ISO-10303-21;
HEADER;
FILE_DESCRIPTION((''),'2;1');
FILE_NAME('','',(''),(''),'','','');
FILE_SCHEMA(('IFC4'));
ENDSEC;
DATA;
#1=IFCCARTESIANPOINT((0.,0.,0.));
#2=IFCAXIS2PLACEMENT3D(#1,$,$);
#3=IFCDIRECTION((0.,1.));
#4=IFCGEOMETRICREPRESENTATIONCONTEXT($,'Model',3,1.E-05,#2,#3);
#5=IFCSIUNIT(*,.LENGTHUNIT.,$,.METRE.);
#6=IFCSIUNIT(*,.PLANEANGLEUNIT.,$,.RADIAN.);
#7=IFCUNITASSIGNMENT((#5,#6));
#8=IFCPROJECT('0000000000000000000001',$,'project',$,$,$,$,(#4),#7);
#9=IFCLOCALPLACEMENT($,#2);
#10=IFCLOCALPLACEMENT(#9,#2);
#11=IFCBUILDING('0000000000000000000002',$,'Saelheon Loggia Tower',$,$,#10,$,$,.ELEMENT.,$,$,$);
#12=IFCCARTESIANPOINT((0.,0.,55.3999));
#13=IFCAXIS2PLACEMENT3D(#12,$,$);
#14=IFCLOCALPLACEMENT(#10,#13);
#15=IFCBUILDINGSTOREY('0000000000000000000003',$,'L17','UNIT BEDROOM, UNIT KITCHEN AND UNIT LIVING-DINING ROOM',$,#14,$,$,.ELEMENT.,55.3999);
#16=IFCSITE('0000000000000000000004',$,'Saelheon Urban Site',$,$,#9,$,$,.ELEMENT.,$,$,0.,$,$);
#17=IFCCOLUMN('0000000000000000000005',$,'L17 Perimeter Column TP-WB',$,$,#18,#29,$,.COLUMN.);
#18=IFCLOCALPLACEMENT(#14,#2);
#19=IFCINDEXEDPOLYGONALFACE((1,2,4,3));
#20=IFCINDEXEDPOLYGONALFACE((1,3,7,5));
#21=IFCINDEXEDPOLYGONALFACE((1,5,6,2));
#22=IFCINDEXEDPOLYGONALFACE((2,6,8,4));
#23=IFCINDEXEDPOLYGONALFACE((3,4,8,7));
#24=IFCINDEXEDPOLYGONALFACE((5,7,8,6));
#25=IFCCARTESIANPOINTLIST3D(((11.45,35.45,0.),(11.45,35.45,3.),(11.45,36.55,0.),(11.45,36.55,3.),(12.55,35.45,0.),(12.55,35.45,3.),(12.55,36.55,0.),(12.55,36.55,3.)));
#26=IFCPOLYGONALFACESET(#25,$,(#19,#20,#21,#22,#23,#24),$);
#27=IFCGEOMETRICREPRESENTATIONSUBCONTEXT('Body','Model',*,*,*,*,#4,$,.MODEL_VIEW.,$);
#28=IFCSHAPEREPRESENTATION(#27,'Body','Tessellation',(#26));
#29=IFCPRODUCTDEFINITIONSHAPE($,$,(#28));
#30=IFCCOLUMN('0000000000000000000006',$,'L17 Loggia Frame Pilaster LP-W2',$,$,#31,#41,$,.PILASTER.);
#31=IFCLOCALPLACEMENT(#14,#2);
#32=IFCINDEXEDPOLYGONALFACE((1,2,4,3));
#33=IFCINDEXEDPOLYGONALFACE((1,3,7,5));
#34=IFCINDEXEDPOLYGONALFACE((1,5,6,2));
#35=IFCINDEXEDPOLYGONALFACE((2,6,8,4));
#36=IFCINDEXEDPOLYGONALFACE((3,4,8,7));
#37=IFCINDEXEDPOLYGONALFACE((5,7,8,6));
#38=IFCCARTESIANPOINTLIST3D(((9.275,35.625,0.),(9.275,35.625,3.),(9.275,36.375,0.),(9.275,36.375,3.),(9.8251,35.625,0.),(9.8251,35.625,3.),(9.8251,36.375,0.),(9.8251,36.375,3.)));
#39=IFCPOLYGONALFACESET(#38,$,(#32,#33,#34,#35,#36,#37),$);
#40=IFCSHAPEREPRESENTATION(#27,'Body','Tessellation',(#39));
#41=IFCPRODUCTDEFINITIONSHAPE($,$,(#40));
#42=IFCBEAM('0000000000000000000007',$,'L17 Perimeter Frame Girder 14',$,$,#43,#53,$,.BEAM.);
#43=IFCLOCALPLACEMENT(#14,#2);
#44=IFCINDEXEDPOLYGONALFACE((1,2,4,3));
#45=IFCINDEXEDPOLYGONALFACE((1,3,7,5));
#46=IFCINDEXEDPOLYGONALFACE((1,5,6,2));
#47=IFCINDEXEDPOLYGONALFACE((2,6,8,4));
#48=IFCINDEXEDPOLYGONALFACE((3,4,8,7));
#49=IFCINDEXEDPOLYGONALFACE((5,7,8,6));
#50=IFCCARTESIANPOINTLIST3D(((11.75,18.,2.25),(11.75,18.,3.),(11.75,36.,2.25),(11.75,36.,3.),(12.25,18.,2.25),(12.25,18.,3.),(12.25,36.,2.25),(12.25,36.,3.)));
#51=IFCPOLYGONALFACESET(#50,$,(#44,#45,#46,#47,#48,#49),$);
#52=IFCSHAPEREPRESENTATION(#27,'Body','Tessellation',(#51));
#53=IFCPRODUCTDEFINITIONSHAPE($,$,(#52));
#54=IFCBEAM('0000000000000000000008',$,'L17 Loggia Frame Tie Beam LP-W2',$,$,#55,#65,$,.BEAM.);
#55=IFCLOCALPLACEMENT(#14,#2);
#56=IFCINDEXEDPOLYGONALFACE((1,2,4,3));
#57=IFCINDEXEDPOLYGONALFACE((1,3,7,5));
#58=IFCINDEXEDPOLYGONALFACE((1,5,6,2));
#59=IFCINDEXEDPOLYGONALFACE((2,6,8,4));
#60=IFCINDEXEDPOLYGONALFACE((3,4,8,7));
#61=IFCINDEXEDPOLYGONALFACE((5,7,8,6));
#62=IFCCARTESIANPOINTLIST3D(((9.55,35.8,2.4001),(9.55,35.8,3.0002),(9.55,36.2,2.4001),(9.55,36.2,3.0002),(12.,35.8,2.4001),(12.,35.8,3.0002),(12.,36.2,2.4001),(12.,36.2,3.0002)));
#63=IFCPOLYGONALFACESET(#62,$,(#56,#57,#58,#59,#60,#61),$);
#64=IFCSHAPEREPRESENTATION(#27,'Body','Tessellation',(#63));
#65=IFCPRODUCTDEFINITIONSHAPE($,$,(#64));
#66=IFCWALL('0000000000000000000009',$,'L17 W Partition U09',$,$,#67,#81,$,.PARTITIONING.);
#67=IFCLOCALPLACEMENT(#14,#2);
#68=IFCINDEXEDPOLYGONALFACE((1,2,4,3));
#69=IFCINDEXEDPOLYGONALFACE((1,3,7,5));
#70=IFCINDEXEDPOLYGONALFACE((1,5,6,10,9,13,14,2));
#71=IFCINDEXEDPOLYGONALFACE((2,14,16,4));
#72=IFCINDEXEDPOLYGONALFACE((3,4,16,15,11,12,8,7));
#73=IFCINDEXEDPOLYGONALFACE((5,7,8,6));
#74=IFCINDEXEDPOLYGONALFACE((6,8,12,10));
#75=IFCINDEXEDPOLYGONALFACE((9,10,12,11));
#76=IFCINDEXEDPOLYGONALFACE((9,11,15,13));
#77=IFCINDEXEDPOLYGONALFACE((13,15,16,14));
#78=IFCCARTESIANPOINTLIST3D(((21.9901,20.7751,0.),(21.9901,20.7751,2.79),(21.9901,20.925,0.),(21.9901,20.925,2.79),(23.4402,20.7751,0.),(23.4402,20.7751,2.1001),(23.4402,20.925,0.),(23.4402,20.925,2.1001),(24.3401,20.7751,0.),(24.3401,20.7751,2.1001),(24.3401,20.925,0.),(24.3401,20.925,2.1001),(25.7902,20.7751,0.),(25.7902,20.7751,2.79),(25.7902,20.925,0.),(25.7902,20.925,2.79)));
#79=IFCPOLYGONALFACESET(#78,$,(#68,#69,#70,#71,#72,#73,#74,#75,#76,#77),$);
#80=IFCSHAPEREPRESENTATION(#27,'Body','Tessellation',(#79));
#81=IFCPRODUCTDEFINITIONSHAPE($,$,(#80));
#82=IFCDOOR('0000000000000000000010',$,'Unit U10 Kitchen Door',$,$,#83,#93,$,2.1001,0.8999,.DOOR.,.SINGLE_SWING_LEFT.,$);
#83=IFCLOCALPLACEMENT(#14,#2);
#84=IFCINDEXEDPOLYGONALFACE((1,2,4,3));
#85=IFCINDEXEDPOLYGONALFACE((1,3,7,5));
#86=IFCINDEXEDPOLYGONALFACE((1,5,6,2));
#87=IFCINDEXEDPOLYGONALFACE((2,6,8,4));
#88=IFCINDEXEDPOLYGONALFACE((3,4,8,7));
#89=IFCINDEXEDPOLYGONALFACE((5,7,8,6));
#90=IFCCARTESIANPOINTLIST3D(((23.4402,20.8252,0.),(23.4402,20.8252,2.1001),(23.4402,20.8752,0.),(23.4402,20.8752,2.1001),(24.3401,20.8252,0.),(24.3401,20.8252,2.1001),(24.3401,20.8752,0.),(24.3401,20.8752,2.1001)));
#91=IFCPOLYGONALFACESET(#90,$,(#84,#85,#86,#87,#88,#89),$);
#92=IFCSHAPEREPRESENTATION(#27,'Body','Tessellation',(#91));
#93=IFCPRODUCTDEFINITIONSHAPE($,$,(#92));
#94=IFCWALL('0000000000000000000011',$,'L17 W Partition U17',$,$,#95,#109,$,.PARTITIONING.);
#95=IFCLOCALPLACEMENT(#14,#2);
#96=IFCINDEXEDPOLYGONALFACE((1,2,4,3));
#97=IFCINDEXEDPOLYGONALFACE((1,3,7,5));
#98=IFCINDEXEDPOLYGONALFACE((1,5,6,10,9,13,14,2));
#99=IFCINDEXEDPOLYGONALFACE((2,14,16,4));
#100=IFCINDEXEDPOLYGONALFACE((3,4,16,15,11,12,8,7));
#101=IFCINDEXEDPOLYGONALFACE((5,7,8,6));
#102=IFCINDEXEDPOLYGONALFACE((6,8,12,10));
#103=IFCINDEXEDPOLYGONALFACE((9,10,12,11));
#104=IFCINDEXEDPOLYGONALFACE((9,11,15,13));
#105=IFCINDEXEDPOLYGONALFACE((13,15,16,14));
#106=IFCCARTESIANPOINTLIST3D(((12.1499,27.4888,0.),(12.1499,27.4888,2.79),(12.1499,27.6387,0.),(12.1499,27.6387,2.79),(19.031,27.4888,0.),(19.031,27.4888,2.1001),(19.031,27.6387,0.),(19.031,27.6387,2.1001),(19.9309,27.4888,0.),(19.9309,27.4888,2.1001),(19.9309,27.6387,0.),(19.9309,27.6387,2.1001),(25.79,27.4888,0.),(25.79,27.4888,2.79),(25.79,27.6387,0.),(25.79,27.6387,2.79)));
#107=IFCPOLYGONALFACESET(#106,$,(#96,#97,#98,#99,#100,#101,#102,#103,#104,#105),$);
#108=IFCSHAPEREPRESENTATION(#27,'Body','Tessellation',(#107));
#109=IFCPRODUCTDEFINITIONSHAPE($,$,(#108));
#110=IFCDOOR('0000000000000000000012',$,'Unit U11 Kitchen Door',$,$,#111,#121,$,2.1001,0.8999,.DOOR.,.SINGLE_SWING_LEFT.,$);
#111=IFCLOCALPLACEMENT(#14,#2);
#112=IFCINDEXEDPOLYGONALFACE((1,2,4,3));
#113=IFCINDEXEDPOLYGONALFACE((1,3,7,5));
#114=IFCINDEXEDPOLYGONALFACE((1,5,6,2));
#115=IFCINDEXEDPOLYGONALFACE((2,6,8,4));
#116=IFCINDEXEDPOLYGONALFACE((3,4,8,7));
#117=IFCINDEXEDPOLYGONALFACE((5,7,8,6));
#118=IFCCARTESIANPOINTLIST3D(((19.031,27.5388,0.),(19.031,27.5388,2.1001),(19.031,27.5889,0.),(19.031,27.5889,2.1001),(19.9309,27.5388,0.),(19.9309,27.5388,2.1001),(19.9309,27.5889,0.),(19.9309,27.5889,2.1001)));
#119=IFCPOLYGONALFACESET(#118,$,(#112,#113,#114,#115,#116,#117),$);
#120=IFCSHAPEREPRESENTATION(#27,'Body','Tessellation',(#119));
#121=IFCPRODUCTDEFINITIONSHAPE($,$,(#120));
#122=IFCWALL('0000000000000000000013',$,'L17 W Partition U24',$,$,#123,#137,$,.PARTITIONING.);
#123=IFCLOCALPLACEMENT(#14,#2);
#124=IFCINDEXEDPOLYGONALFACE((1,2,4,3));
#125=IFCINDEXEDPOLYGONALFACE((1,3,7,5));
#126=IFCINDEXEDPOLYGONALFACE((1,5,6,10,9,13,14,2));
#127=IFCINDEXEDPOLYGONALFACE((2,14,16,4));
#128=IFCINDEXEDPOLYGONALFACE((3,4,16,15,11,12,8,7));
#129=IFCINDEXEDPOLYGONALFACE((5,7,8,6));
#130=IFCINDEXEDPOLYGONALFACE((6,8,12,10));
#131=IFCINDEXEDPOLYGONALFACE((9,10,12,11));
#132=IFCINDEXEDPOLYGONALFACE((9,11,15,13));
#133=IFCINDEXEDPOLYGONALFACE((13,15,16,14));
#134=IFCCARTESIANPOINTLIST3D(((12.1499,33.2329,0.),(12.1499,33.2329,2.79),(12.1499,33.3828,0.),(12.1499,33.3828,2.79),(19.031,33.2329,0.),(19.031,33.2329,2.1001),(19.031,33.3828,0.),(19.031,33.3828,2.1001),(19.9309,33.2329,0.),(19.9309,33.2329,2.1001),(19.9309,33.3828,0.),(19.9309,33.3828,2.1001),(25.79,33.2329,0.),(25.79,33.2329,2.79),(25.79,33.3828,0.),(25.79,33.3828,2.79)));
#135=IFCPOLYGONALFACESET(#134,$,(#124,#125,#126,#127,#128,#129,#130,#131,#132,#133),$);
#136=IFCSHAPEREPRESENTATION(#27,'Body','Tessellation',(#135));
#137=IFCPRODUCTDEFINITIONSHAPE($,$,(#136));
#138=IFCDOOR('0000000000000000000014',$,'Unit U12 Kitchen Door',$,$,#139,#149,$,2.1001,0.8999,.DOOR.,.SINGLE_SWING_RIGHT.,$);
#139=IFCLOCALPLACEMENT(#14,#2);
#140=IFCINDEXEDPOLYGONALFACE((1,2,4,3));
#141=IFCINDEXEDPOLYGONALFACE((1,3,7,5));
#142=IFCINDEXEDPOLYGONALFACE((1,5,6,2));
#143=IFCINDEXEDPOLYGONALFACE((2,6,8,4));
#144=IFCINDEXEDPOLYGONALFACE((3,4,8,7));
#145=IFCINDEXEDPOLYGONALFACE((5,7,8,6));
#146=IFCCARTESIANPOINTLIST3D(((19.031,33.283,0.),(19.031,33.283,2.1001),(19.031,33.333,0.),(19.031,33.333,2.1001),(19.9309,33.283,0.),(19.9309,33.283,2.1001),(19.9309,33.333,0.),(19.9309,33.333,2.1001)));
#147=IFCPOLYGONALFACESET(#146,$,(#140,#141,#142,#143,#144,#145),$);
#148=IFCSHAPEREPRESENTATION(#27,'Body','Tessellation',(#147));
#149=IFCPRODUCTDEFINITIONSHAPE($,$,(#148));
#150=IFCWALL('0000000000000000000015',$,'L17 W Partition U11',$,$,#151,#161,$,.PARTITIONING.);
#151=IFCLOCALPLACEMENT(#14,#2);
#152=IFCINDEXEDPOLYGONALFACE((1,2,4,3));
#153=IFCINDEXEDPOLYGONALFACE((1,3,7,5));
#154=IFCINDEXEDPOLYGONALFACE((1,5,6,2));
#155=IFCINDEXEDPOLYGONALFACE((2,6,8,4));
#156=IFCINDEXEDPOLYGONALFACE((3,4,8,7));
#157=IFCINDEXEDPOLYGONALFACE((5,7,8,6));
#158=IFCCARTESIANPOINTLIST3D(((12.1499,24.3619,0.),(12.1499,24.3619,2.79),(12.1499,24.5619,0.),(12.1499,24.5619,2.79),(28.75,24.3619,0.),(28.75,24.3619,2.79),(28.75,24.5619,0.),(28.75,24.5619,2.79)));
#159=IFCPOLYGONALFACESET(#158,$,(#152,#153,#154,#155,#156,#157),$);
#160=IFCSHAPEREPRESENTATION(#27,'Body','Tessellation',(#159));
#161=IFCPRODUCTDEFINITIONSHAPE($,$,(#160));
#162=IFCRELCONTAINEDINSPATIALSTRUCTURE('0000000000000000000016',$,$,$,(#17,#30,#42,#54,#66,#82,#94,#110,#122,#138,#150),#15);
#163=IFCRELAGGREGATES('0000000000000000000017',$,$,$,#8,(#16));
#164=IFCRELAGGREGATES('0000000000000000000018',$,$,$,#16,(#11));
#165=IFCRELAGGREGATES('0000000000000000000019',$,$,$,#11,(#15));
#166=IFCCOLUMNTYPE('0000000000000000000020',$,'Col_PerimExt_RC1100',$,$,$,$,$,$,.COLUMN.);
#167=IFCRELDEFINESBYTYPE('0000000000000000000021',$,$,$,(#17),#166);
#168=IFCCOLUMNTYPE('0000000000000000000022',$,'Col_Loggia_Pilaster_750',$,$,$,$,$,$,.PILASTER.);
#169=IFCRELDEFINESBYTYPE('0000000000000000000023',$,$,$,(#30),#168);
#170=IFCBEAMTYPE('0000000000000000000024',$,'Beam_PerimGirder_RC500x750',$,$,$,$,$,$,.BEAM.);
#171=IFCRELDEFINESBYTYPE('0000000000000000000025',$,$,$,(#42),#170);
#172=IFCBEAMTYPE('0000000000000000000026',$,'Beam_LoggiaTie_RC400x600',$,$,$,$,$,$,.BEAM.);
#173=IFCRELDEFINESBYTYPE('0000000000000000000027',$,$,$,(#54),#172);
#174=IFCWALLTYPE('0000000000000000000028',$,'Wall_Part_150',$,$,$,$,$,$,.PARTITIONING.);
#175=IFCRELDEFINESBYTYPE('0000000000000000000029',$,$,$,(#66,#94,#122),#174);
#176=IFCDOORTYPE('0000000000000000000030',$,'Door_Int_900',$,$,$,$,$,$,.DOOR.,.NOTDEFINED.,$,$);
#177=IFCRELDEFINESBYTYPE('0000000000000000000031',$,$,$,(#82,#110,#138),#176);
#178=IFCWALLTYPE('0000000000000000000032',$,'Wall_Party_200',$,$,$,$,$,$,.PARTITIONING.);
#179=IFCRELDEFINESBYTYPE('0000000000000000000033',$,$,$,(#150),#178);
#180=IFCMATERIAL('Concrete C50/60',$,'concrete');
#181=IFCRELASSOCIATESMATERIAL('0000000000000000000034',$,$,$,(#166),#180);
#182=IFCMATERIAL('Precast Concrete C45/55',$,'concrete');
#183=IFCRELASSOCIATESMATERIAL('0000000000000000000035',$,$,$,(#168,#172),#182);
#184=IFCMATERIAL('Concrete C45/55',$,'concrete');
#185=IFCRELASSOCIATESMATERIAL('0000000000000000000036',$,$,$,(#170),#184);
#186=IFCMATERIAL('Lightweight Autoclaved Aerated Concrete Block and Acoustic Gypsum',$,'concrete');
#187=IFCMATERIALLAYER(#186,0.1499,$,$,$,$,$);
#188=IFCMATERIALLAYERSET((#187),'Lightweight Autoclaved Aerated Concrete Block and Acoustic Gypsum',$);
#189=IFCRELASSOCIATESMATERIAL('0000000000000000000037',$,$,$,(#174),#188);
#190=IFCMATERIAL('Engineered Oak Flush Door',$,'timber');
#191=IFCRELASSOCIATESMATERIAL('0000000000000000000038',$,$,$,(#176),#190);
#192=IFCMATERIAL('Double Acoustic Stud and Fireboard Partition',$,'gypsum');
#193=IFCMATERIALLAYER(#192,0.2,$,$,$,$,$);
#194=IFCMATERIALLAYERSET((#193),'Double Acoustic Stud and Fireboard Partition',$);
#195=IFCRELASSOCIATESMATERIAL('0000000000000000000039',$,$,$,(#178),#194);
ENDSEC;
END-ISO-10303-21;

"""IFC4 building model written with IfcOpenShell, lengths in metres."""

from ifc_helpers import new_model, si_unit, direction, frame, frame_2d, origin, origin_2d, place, context, subcontext, project, spatial, rectangle, extrude, source, transform, mapped, material, layer, layer_set, material_profile, profile_set, type_object, element, fill, save


model = new_model("IFC4")

# Units and contexts
model_context = context("Model", 3, precision=1e-05, world=origin(), true_north=direction((0.0, 1.0)))
body_context = subcontext(model_context, "Body", "Model", "MODEL_VIEW")
ifc_project = project(units=[si_unit("LENGTHUNIT", "METRE"), si_unit("PLANEANGLEUNIT", "RADIAN")], contexts=[model_context])

# Site, building, storey
site_placement = place(None, origin())
site = spatial("IfcSite", under=ifc_project, at=site_placement, Name="Saelheon Urban Site", CompositionType="ELEMENT", RefElevation=0.0)
building_placement = place(site_placement, origin())
building = spatial("IfcBuilding", under=site, at=building_placement, Name="Saelheon Loggia Tower", CompositionType="ELEMENT")
storey_placement = place(building_placement, frame((0.0, 0.0, 55.3999)))
storey = spatial("IfcBuildingStorey", under=building, at=storey_placement, Name="L17", Description="UNIT BEDROOM, UNIT KITCHEN AND UNIT LIVING-DINING ROOM", CompositionType="ELEMENT", Elevation=55.3999)

# Columns
ifc_material_1 = material(Name="Concrete C50/60", Category="concrete")
ifc_material_profile_1 = material_profile(ifc_material_1, rectangle(XDim=1.1001, YDim=1.1001, at=origin_2d()), Name="RC-1100x1100")
ifc_profile_set_1 = profile_set([ifc_material_profile_1], Name="Concrete C50/60")
column_type_1 = type_object("IfcColumnType", Name="Col_PerimExt_RC1100", PredefinedType="COLUMN", material=ifc_profile_set_1)
shared_shape_1 = source(origin(), body_context, "Body", "SweptSolid", [
    extrude(rectangle(XDim=1.1001, YDim=1.1001, at=origin_2d()), origin(), (0.0, 0.0, 1.0), 3.0),
])
column_1_placement = place(storey_placement, frame((12.0, 36.0, 0.0), z_axis=(0.0, 0.0, 1.0), x_axis=(1.0, 0.0, 0.0)))
element("IfcColumn", 1, at=column_1_placement, inside=storey, type_object=column_type_1, Name="L17 Perimeter Column TP-WB", PredefinedType="COLUMN", context=body_context, shape_type="MappedRepresentation", body=[
    mapped(shared_shape_1, transform((0.0, 0.0, 0.0), scale=1.0)),
])
ifc_material_2 = material(Name="Precast Concrete C45/55", Category="concrete")
ifc_material_profile_2 = material_profile(ifc_material_2, rectangle(XDim=0.55, YDim=0.75, at=origin_2d()), Name="RC-550x750")
ifc_profile_set_2 = profile_set([ifc_material_profile_2], Name="Precast Concrete C45/55")
column_type_2 = type_object("IfcColumnType", Name="Col_Loggia_Pilaster_750", PredefinedType="PILASTER", material=ifc_profile_set_2)
shared_shape_2 = source(origin(), body_context, "Body", "SweptSolid", [
    extrude(rectangle(XDim=0.55, YDim=0.75, at=origin_2d()), origin(), (0.0, 0.0, 1.0), 3.0),
])
column_2_placement = place(storey_placement, frame((9.55, 36.0, 0.0), z_axis=(0.0, 0.0, 1.0), x_axis=(1.0, 0.0, 0.0)))
element("IfcColumn", 2, at=column_2_placement, inside=storey, type_object=column_type_2, Name="L17 Loggia Frame Pilaster LP-W2", PredefinedType="PILASTER", context=body_context, shape_type="MappedRepresentation", body=[
    mapped(shared_shape_2, transform((0.0, 0.0, 0.0), scale=1.0)),
])

# Beams
ifc_material_3 = material(Name="Concrete C45/55", Category="concrete")
ifc_material_profile_3 = material_profile(ifc_material_3, rectangle(XDim=0.5, YDim=0.75, at=origin_2d()), Name="RC-500x750")
ifc_profile_set_3 = profile_set([ifc_material_profile_3], Name="Concrete C45/55")
beam_type_1 = type_object("IfcBeamType", Name="Beam_PerimGirder_RC500x750", PredefinedType="BEAM", material=ifc_profile_set_3)
shared_shape_3 = source(origin(), body_context, "Body", "SweptSolid", [
    extrude(rectangle(XDim=0.5, YDim=0.75, at=origin_2d()), origin(), (0.0, 0.0, 1.0), 18.0),
])
beam_1_placement = place(storey_placement, frame((12.0, 36.0, 2.625), z_axis=(0.0, -1.0, 0.0), x_axis=(1.0, 0.0, 0.0)))
element("IfcBeam", 3, at=beam_1_placement, inside=storey, type_object=beam_type_1, Name="L17 Perimeter Frame Girder 14", PredefinedType="BEAM", context=body_context, shape_type="MappedRepresentation", body=[
    mapped(shared_shape_3, transform((0.0, 0.0, 0.0), scale=1.0)),
])
ifc_material_profile_4 = material_profile(ifc_material_2, rectangle(XDim=0.3999, YDim=0.6001, at=origin_2d()), Name="RC-400x600")
ifc_profile_set_4 = profile_set([ifc_material_profile_4], Name="Precast Concrete C45/55")
beam_type_2 = type_object("IfcBeamType", Name="Beam_LoggiaTie_RC400x600", PredefinedType="BEAM", material=ifc_profile_set_4)
shared_shape_4 = source(origin(), body_context, "Body", "SweptSolid", [
    extrude(rectangle(XDim=0.3999, YDim=0.6001, at=origin_2d()), origin(), (0.0, 0.0, 1.0), 2.45),
])
beam_2_placement = place(storey_placement, frame((12.0, 36.0, 2.7002), z_axis=(-1.0, 0.0, 0.0), x_axis=(0.0, -1.0, 0.0)))
element("IfcBeam", 4, at=beam_2_placement, inside=storey, type_object=beam_type_2, Name="L17 Loggia Frame Tie Beam LP-W2", PredefinedType="BEAM", context=body_context, shape_type="MappedRepresentation", body=[
    mapped(shared_shape_4, transform((0.0, 0.0, 0.0), scale=1.0)),
])

# Walls, openings, doors
ifc_material_4 = material(Name="Lightweight Autoclaved Aerated Concrete Block and Acoustic Gypsum", Category="concrete")
ifc_layer_1 = layer(ifc_material_4, 0.1499)
ifc_layer_set_1 = layer_set([ifc_layer_1], Name="Lightweight Autoclaved Aerated Concrete Block and Acoustic Gypsum")
wall_type_1 = type_object("IfcWallType", Name="Wall_Part_150", PredefinedType="PARTITIONING", material=ifc_layer_set_1)
wall_1_placement = place(storey_placement, frame((25.79, 20.8501, 0.0), z_axis=(0.0, 0.0, 1.0), x_axis=(-1.0, 0.0, 0.0)))
wall_1 = element("IfcWall", 5, at=wall_1_placement, inside=storey, type_object=wall_type_1, Name="L17 W Partition U09", PredefinedType="PARTITIONING", context=body_context, shape_type="SweptSolid", body=[
    extrude(rectangle(XDim=3.8, YDim=0.1499, at=frame_2d((1.8999, 0.0))), origin(), (0.0, 0.0, 1.0), 2.79),
])
opening_1_placement = place(wall_1_placement, frame((1.45, 0.0, 0.0)))
opening_1 = element("IfcOpeningElement", 6, at=opening_1_placement, cuts=wall_1, PredefinedType="OPENING", context=body_context, shape_type="SweptSolid", body=[
    extrude(rectangle(XDim=0.8999, YDim=2.1001, at=frame_2d((0.45, 1.05))), frame((0.0, 0.0869, 0.0), z_axis=(0.0, -1.0, 0.0), x_axis=(1.0, 0.0, 0.0)), (0.0, 0.0, 1.0), 0.1738),
])
ifc_material_5 = material(Name="Engineered Oak Flush Door", Category="timber")
door_type_1 = type_object("IfcDoorType", Name="Door_Int_900", OperationType="NOTDEFINED", PredefinedType="DOOR", material=ifc_material_5)
shared_shape_5 = source(origin(), body_context, "Body", "SweptSolid", [
    extrude(rectangle(XDim=0.8999, YDim=2.1001, at=frame_2d((0.45, 1.05))), frame((0.0, 0.0249, 0.0), z_axis=(0.0, -1.0, 0.0), x_axis=(1.0, 0.0, 0.0)), (0.0, 0.0, 1.0), 0.05),
])
door_1_placement = place(opening_1_placement, origin())
door_1 = element("IfcDoor", 7, at=door_1_placement, inside=storey, type_object=door_type_1, Name="Unit U10 Kitchen Door", OperationType="SINGLE_SWING_LEFT", OverallHeight=2.1001, OverallWidth=0.8999, PredefinedType="DOOR", context=body_context, shape_type="MappedRepresentation", body=[
    mapped(shared_shape_5, transform((0.0, 0.0, 0.0), scale=1.0)),
])
fill(opening_1, door_1)
wall_2_placement = place(storey_placement, frame((25.79, 27.5637, 0.0), z_axis=(0.0, 0.0, 1.0), x_axis=(-1.0, 0.0, 0.0)))
wall_2 = element("IfcWall", 8, at=wall_2_placement, inside=storey, type_object=wall_type_1, Name="L17 W Partition U17", PredefinedType="PARTITIONING", context=body_context, shape_type="SweptSolid", body=[
    extrude(rectangle(XDim=13.6401, YDim=0.1499, at=frame_2d((6.8201, 0.0))), origin(), (0.0, 0.0, 1.0), 2.79),
])
opening_2_placement = place(wall_2_placement, frame((5.8591, 0.0, 0.0)))
opening_2 = element("IfcOpeningElement", 9, at=opening_2_placement, cuts=wall_2, PredefinedType="OPENING", context=body_context, shape_type="SweptSolid", body=[
    extrude(rectangle(XDim=0.8999, YDim=2.1001, at=frame_2d((0.45, 1.05))), frame((0.0, 0.0869, 0.0), z_axis=(0.0, -1.0, 0.0), x_axis=(1.0, 0.0, 0.0)), (0.0, 0.0, 1.0), 0.1738),
])
door_2_placement = place(opening_2_placement, origin())
door_2 = element("IfcDoor", 10, at=door_2_placement, inside=storey, type_object=door_type_1, Name="Unit U11 Kitchen Door", OperationType="SINGLE_SWING_LEFT", OverallHeight=2.1001, OverallWidth=0.8999, PredefinedType="DOOR", context=body_context, shape_type="MappedRepresentation", body=[
    mapped(shared_shape_5, transform((0.0, 0.0, 0.0), scale=1.0)),
])
fill(opening_2, door_2)
wall_3_placement = place(storey_placement, frame((25.79, 33.3079, 0.0), z_axis=(0.0, 0.0, 1.0), x_axis=(-1.0, 0.0, 0.0)))
wall_3 = element("IfcWall", 11, at=wall_3_placement, inside=storey, type_object=wall_type_1, Name="L17 W Partition U24", PredefinedType="PARTITIONING", context=body_context, shape_type="SweptSolid", body=[
    extrude(rectangle(XDim=13.6401, YDim=0.1499, at=frame_2d((6.8201, 0.0))), origin(), (0.0, 0.0, 1.0), 2.79),
])
opening_3_placement = place(wall_3_placement, frame((5.8591, 0.0, 0.0)))
opening_3 = element("IfcOpeningElement", 12, at=opening_3_placement, cuts=wall_3, PredefinedType="OPENING", context=body_context, shape_type="SweptSolid", body=[
    extrude(rectangle(XDim=0.8999, YDim=2.1001, at=frame_2d((0.45, 1.05))), frame((0.0, 0.0869, 0.0), z_axis=(0.0, -1.0, 0.0), x_axis=(1.0, 0.0, 0.0)), (0.0, 0.0, 1.0), 0.1738),
])
door_3_placement = place(opening_3_placement, origin())
door_3 = element("IfcDoor", 13, at=door_3_placement, inside=storey, type_object=door_type_1, Name="Unit U12 Kitchen Door", OperationType="SINGLE_SWING_RIGHT", OverallHeight=2.1001, OverallWidth=0.8999, PredefinedType="DOOR", context=body_context, shape_type="MappedRepresentation", body=[
    mapped(shared_shape_5, transform((0.0, 0.0, 0.0), scale=1.0)),
])
fill(opening_3, door_3)
ifc_material_6 = material(Name="Double Acoustic Stud and Fireboard Partition", Category="gypsum")
ifc_layer_2 = layer(ifc_material_6, 0.2)
ifc_layer_set_2 = layer_set([ifc_layer_2], Name="Double Acoustic Stud and Fireboard Partition")
wall_type_2 = type_object("IfcWallType", Name="Wall_Party_200", PredefinedType="PARTITIONING", material=ifc_layer_set_2)

# Wall
wall_4_placement = place(storey_placement, frame((28.75, 24.4619, 0.0), z_axis=(0.0, 0.0, 1.0), x_axis=(-1.0, 0.0, 0.0)))
element("IfcWall", 14, at=wall_4_placement, inside=storey, type_object=wall_type_2, Name="L17 W Partition U11", PredefinedType="PARTITIONING", context=body_context, shape_type="SweptSolid", body=[
    extrude(rectangle(XDim=16.6001, YDim=0.2, at=frame_2d((8.3, 0.0))), origin(), (0.0, 0.0, 1.0), 2.79),
])

save(model, "model.ifc")
